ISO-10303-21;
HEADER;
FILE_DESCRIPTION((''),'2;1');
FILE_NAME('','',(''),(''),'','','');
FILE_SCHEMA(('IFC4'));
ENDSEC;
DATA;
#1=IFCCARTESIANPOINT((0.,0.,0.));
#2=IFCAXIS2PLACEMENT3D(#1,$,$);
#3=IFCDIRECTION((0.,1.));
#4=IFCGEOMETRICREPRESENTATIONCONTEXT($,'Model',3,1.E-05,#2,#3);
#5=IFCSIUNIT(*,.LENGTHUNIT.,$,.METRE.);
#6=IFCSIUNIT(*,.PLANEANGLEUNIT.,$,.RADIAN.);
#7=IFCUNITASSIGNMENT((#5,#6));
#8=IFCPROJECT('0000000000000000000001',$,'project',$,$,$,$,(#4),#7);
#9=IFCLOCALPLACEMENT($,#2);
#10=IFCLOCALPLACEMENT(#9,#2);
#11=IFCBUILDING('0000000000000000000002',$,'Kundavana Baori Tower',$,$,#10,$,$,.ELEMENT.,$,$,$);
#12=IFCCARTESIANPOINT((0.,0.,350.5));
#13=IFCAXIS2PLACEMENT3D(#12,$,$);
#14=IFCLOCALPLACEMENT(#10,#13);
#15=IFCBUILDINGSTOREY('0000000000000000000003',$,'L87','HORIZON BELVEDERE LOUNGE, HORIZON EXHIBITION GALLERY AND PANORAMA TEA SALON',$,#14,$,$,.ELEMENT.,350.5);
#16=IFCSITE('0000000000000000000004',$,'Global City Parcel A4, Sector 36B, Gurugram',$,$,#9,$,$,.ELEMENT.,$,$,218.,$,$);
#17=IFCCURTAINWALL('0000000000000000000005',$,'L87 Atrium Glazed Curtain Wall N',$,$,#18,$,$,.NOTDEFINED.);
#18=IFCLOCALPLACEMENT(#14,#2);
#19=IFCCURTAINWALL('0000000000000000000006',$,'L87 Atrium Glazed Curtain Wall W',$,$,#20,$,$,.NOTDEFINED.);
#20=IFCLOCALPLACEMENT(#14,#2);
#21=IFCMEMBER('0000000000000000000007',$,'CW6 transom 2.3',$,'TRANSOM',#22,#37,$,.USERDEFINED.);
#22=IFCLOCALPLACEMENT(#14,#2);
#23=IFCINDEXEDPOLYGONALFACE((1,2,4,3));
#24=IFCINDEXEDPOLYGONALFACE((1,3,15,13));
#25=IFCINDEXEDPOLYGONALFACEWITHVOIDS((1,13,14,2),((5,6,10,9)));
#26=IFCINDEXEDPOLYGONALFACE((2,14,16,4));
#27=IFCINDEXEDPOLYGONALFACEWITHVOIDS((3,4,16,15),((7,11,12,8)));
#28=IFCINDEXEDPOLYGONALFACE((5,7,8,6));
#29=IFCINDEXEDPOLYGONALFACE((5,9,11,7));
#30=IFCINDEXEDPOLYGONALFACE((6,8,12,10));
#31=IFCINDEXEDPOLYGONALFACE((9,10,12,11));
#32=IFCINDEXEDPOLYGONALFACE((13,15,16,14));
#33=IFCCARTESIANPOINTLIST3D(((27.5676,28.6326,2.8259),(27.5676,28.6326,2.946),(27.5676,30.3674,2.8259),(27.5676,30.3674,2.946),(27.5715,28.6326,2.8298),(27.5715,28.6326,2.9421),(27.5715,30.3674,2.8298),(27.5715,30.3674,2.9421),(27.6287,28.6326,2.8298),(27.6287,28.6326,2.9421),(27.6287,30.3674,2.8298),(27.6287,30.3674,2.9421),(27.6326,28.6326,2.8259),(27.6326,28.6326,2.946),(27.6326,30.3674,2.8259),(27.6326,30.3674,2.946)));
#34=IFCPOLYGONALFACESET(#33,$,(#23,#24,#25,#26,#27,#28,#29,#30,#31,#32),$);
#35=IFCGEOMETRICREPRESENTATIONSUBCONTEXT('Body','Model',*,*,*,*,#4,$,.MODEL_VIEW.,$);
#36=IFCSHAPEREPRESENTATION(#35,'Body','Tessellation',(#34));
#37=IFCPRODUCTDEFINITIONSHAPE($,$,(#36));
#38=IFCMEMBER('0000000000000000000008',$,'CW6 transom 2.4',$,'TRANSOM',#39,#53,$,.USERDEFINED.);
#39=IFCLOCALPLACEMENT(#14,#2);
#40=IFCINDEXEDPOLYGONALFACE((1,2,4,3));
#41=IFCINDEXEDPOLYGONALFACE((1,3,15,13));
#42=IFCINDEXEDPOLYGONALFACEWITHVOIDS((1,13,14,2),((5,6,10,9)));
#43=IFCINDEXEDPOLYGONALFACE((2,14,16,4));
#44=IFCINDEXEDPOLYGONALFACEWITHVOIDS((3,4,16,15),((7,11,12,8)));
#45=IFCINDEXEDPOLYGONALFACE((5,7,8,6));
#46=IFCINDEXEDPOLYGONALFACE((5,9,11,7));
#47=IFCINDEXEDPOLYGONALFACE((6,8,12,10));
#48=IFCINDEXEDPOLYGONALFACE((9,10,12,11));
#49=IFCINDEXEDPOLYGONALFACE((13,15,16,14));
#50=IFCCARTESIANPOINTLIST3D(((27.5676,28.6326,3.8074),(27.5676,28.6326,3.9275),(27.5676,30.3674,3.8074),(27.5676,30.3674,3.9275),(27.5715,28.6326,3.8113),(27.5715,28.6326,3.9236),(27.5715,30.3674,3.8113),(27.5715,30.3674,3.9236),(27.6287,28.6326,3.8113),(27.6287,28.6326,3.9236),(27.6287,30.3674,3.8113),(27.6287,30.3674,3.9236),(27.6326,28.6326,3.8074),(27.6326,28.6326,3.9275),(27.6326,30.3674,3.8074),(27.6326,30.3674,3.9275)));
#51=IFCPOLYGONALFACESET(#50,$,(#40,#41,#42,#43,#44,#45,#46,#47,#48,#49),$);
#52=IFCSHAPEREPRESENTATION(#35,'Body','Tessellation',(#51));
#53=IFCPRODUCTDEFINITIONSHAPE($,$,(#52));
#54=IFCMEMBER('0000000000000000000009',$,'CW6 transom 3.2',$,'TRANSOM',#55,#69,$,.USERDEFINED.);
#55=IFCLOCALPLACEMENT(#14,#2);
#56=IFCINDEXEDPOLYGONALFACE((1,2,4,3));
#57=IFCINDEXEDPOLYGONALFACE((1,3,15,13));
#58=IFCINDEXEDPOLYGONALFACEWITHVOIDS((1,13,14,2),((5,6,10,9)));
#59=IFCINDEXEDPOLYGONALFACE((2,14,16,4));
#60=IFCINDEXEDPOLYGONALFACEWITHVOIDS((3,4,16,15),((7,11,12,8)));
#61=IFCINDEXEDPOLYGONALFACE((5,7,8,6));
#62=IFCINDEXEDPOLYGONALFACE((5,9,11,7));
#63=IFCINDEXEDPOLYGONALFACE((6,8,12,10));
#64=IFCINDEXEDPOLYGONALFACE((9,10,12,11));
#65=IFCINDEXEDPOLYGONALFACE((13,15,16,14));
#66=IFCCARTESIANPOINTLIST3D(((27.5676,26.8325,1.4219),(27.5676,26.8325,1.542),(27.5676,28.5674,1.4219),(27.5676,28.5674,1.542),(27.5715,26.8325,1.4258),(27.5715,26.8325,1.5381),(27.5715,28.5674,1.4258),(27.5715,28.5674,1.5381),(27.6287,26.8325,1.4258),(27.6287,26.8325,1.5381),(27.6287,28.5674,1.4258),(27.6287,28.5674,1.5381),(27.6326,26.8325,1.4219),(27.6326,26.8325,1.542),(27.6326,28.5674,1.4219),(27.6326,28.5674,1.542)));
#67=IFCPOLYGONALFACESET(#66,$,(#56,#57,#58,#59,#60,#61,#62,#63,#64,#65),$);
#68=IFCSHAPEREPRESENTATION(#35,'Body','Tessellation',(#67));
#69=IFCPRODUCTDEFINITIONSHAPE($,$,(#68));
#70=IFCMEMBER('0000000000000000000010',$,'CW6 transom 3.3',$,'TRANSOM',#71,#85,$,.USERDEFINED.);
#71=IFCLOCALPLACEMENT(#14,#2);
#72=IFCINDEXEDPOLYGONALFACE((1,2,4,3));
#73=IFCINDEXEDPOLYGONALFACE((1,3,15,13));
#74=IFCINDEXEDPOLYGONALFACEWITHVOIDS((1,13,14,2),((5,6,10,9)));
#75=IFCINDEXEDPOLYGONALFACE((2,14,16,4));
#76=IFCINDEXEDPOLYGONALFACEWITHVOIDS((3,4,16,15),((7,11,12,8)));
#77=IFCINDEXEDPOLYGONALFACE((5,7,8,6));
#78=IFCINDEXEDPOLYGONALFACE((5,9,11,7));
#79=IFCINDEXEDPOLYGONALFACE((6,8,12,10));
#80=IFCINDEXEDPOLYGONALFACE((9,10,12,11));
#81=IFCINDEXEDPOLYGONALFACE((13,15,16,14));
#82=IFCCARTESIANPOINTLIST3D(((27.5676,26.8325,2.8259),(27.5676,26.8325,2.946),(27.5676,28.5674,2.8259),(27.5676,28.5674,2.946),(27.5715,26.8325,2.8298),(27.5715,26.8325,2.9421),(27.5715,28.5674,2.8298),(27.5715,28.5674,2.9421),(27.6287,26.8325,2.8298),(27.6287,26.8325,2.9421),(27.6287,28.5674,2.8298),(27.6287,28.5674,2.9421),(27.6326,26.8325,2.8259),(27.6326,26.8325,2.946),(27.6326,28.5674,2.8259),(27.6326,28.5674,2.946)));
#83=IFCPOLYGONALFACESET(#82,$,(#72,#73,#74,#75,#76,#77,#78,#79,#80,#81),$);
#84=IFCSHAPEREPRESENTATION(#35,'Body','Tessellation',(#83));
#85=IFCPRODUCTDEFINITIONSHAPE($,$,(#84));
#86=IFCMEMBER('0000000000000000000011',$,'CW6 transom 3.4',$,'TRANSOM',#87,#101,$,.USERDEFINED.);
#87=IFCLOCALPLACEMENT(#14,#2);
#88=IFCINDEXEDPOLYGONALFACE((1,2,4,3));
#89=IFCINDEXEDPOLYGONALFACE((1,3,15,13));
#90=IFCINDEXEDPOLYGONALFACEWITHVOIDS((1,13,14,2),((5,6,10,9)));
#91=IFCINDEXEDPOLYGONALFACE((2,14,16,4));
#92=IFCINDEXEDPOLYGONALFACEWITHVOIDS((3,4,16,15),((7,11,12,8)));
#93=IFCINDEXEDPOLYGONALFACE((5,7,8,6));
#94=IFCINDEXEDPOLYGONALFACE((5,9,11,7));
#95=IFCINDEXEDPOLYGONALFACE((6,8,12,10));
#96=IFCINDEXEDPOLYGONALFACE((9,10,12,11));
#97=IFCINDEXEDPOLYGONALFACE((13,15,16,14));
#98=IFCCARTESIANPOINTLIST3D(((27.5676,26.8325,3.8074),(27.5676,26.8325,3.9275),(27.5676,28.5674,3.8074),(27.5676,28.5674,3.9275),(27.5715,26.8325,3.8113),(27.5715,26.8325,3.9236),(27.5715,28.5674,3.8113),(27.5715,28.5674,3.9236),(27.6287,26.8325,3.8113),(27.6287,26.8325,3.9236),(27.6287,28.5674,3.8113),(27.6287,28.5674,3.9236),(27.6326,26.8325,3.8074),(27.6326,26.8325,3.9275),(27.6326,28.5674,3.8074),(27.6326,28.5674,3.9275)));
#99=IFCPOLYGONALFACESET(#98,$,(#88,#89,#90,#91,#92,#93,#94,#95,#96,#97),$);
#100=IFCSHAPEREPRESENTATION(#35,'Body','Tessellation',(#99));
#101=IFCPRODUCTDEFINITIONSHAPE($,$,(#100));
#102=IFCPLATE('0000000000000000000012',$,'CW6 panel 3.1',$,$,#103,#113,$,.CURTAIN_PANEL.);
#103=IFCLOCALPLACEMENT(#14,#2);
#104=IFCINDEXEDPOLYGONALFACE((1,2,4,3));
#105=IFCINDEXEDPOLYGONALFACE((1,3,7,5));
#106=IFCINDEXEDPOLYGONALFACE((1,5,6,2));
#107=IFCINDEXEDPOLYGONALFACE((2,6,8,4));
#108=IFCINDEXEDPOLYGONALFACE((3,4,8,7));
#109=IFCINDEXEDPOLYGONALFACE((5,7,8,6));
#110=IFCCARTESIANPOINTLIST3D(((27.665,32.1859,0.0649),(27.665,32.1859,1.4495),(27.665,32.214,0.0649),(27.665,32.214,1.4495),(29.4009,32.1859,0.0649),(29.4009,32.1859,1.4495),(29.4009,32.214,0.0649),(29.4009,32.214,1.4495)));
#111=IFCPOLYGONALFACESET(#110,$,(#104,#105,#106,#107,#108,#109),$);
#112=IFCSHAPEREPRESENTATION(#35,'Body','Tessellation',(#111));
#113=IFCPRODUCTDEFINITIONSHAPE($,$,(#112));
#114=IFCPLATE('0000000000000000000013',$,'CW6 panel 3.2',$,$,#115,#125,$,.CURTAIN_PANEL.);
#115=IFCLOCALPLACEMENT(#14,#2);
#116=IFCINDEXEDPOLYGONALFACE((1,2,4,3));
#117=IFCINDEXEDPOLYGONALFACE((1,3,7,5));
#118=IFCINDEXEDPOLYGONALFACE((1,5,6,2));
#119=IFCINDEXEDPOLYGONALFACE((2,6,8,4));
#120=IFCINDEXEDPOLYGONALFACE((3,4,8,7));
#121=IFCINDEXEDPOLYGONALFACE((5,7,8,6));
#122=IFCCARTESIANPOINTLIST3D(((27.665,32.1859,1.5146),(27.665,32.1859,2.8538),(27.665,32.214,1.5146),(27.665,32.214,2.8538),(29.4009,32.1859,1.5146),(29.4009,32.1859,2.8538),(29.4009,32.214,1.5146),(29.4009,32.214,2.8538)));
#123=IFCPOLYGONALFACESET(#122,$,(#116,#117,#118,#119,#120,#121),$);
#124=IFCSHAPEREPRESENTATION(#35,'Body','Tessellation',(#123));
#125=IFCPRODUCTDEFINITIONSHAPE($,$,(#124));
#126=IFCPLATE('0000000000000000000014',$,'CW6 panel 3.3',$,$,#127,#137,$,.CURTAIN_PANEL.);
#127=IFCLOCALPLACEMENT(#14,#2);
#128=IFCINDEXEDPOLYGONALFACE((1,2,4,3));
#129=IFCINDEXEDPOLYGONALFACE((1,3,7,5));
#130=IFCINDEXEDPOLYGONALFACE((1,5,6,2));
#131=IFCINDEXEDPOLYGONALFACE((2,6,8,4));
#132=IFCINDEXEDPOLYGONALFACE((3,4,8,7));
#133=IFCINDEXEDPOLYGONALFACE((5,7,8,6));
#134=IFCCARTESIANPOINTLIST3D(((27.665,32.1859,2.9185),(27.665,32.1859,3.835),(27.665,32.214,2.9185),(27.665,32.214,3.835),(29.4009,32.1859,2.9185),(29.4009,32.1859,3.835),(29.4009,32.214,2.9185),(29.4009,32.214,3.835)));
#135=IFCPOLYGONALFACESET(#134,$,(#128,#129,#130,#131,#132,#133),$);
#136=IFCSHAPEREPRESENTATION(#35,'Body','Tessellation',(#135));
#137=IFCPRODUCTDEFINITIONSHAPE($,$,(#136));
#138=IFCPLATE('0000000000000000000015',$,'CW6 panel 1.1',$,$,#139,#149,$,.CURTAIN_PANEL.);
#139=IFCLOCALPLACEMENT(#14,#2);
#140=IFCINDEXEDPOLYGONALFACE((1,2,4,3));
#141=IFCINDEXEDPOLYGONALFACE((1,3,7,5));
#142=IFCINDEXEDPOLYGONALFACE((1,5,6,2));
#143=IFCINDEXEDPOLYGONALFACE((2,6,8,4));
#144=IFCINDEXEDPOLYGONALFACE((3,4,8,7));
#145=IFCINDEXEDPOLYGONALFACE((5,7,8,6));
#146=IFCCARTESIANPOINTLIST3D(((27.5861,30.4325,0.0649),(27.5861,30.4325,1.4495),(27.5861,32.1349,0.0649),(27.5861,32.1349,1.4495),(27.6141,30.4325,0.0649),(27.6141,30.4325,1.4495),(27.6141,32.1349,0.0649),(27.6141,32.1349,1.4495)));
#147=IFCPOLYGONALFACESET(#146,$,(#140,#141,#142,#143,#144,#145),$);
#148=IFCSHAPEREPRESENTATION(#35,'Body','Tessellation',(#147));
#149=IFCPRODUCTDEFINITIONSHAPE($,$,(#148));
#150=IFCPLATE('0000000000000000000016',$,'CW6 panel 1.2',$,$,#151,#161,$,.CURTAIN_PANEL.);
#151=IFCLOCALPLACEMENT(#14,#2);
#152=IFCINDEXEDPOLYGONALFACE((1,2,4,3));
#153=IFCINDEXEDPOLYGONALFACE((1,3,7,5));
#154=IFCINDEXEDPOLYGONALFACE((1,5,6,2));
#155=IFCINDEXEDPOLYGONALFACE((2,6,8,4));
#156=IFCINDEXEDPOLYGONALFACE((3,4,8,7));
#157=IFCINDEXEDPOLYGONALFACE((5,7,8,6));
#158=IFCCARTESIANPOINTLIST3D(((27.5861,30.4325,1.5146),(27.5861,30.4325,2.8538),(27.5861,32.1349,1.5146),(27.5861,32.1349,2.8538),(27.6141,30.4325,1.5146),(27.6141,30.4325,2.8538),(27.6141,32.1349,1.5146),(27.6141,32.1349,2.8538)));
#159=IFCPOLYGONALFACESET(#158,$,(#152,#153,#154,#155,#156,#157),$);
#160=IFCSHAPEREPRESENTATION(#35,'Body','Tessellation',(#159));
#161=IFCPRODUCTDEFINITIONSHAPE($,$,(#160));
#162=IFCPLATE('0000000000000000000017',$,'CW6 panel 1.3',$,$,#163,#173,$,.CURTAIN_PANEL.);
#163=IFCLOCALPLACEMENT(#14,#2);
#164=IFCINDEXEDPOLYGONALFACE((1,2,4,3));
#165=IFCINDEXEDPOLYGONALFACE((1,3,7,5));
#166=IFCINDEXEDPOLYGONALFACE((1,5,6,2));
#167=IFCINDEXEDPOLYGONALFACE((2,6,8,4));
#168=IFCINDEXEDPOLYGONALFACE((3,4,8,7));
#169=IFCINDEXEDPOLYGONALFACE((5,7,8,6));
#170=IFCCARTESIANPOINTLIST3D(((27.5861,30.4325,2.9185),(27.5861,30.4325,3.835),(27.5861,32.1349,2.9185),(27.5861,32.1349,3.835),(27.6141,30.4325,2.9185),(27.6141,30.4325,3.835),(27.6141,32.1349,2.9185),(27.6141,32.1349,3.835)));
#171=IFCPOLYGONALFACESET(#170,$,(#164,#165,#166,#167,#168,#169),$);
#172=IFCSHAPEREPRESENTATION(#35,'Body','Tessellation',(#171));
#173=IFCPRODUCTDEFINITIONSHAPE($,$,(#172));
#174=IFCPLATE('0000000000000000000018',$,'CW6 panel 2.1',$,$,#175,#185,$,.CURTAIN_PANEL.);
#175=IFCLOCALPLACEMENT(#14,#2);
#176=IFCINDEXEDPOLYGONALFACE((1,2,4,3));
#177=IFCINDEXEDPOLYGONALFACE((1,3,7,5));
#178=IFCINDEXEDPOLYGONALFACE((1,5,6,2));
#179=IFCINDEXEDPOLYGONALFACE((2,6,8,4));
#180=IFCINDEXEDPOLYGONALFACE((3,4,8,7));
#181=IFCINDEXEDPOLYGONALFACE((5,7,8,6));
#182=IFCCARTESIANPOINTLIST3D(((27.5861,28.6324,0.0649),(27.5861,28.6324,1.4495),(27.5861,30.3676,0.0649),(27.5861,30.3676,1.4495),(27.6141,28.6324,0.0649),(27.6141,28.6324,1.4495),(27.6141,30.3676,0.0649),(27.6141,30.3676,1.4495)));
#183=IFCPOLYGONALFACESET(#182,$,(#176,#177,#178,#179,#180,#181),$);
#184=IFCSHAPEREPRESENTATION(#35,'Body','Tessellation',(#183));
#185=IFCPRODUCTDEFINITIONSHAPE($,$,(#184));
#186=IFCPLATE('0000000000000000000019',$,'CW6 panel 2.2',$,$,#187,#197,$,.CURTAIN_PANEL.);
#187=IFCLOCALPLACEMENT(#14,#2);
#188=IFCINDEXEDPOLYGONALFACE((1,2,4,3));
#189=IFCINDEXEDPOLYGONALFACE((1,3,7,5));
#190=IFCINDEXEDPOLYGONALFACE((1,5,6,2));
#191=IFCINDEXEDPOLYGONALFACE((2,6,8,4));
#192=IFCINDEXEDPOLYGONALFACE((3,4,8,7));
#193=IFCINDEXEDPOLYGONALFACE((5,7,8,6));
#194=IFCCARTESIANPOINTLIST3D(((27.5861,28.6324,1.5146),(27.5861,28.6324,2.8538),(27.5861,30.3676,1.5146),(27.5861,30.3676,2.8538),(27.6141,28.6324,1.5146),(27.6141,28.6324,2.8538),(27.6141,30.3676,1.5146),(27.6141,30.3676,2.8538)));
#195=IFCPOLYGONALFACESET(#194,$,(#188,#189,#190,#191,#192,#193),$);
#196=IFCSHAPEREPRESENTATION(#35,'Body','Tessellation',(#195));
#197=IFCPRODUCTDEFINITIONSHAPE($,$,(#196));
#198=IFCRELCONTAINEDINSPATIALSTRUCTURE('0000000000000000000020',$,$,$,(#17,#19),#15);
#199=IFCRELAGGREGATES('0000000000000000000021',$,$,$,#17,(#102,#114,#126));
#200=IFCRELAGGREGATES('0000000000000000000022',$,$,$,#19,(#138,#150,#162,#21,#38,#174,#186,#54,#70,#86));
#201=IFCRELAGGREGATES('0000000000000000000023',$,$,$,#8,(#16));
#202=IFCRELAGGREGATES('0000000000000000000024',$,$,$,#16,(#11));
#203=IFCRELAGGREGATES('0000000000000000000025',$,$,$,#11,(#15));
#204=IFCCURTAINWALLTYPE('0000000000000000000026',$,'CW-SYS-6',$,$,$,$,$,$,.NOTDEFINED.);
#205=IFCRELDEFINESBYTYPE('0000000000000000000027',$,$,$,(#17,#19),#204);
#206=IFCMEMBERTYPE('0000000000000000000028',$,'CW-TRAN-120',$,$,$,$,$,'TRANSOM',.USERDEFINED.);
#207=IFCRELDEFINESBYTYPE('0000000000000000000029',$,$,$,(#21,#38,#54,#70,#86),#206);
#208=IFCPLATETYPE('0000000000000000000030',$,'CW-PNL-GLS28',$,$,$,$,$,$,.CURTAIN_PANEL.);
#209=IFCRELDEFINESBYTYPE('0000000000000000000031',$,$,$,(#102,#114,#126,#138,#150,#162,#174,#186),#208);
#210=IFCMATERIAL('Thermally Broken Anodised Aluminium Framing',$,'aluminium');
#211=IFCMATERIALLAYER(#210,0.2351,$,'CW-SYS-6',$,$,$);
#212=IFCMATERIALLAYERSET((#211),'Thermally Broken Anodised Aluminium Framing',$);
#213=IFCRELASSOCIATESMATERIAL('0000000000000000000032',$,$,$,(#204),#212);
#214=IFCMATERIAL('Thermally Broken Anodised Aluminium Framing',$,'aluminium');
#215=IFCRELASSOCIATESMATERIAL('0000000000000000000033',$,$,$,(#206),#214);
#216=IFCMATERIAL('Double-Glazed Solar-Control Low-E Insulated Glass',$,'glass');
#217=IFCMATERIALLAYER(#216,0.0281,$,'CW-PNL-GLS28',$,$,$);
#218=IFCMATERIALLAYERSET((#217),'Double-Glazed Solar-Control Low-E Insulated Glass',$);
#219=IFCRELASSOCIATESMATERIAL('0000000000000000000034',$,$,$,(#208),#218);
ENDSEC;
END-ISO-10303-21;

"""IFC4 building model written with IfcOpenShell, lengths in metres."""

from ifc_helpers import new_model, si_unit, direction, frame, origin, origin_2d, place, context, subcontext, project, spatial, rectangle, hollow_rectangle, extrude, material, layer, layer_set, material_profile, profile_set, type_object, element, aggregate, save


model = new_model("IFC4")

# Units and contexts
model_context = context("Model", 3, precision=1e-05, world=origin(), true_north=direction((0.0, 1.0)))
body_context = subcontext(model_context, "Body", "Model", "MODEL_VIEW")
ifc_project = project(units=[si_unit("LENGTHUNIT", "METRE"), si_unit("PLANEANGLEUNIT", "RADIAN")], contexts=[model_context])

# Site, building, storey
site_placement = place(None, origin())
site = spatial("IfcSite", under=ifc_project, at=site_placement, Name="Global City Parcel A4, Sector 36B, Gurugram", CompositionType="ELEMENT", RefElevation=218.0)
building_placement = place(site_placement, origin())
building = spatial("IfcBuilding", under=site, at=building_placement, Name="Kundavana Baori Tower", CompositionType="ELEMENT")
storey_placement = place(building_placement, frame((0.0, 0.0, 350.5)))
storey = spatial("IfcBuildingStorey", under=building, at=storey_placement, Name="L87", Description="HORIZON BELVEDERE LOUNGE, HORIZON EXHIBITION GALLERY AND PANORAMA TEA SALON", CompositionType="ELEMENT", Elevation=350.5)

# Curtain wall
ifc_material_1 = material(Name="Thermally Broken Anodised Aluminium Framing", Category="aluminium")
ifc_layer_1 = layer(ifc_material_1, 0.2351, Name="CW-SYS-6")
ifc_layer_set_1 = layer_set([ifc_layer_1], Name="Thermally Broken Anodised Aluminium Framing")
curtain_wall_type = type_object("IfcCurtainWallType", Name="CW-SYS-6", PredefinedType="NOTDEFINED", material=ifc_layer_set_1)
curtain_wall_1_placement = place(storey_placement, origin())
curtain_wall_1 = element("IfcCurtainWall", 1, at=curtain_wall_1_placement, inside=storey, type_object=curtain_wall_type, Name="L87 Atrium Glazed Curtain Wall N", PredefinedType="NOTDEFINED")

# Curtain wall
curtain_wall_2_placement = place(storey_placement, origin())
curtain_wall_2 = element("IfcCurtainWall", 2, at=curtain_wall_2_placement, inside=storey, type_object=curtain_wall_type, Name="L87 Atrium Glazed Curtain Wall W", PredefinedType="NOTDEFINED")

# Members
ifc_material_2 = material(Name="Thermally Broken Anodised Aluminium Framing", Category="aluminium")
ifc_material_profile_1 = material_profile(ifc_material_2, hollow_rectangle(XDim=0.0649, YDim=0.1201, WallThickness=0.0039, at=origin_2d()), Name="CW-TRAN-120")
ifc_profile_set_1 = profile_set([ifc_material_profile_1], Name="Thermally Broken Anodised Aluminium Framing")
member_type_1 = type_object("IfcMemberType", Name="CW-TRAN-120", ElementType="TRANSOM", PredefinedType="USERDEFINED", material=ifc_profile_set_1)
member_1_placement = place(storey_placement, frame((27.6001, 30.3674, 2.886), z_axis=(0.0, -1.0, 0.0), x_axis=(1.0, 0.0, 0.0)))
member_1 = element("IfcMember", 3, at=member_1_placement, type_object=member_type_1, Name="CW6 transom 2.3", ObjectType="TRANSOM", PredefinedType="USERDEFINED", context=body_context, shape_type="SweptSolid", body=[
    extrude(hollow_rectangle(XDim=0.0649, YDim=0.1201, WallThickness=0.0039, at=origin_2d()), origin(), (0.0, 0.0, 1.0), 1.7349),
])
member_2_placement = place(storey_placement, frame((27.6001, 30.3674, 3.8674), z_axis=(0.0, -1.0, 0.0), x_axis=(1.0, 0.0, 0.0)))
member_2 = element("IfcMember", 4, at=member_2_placement, type_object=member_type_1, Name="CW6 transom 2.4", ObjectType="TRANSOM", PredefinedType="USERDEFINED", context=body_context, shape_type="SweptSolid", body=[
    extrude(hollow_rectangle(XDim=0.0649, YDim=0.1201, WallThickness=0.0039, at=origin_2d()), origin(), (0.0, 0.0, 1.0), 1.7349),
])
member_3_placement = place(storey_placement, frame((27.6001, 28.5674, 1.4819), z_axis=(0.0, -1.0, 0.0), x_axis=(1.0, 0.0, 0.0)))
member_3 = element("IfcMember", 5, at=member_3_placement, type_object=member_type_1, Name="CW6 transom 3.2", ObjectType="TRANSOM", PredefinedType="USERDEFINED", context=body_context, shape_type="SweptSolid", body=[
    extrude(hollow_rectangle(XDim=0.0649, YDim=0.1201, WallThickness=0.0039, at=origin_2d()), origin(), (0.0, 0.0, 1.0), 1.7349),
])
member_4_placement = place(storey_placement, frame((27.6001, 28.5674, 2.886), z_axis=(0.0, -1.0, 0.0), x_axis=(1.0, 0.0, 0.0)))
member_4 = element("IfcMember", 6, at=member_4_placement, type_object=member_type_1, Name="CW6 transom 3.3", ObjectType="TRANSOM", PredefinedType="USERDEFINED", context=body_context, shape_type="SweptSolid", body=[
    extrude(hollow_rectangle(XDim=0.0649, YDim=0.1201, WallThickness=0.0039, at=origin_2d()), origin(), (0.0, 0.0, 1.0), 1.7349),
])
member_5_placement = place(storey_placement, frame((27.6001, 28.5674, 3.8674), z_axis=(0.0, -1.0, 0.0), x_axis=(1.0, 0.0, 0.0)))
member_5 = element("IfcMember", 7, at=member_5_placement, type_object=member_type_1, Name="CW6 transom 3.4", ObjectType="TRANSOM", PredefinedType="USERDEFINED", context=body_context, shape_type="SweptSolid", body=[
    extrude(hollow_rectangle(XDim=0.0649, YDim=0.1201, WallThickness=0.0039, at=origin_2d()), origin(), (0.0, 0.0, 1.0), 1.7349),
])

# Plates
ifc_material_3 = material(Name="Double-Glazed Solar-Control Low-E Insulated Glass", Category="glass")
ifc_layer_2 = layer(ifc_material_3, 0.0281, Name="CW-PNL-GLS28")
ifc_layer_set_2 = layer_set([ifc_layer_2], Name="Double-Glazed Solar-Control Low-E Insulated Glass")
plate_type = type_object("IfcPlateType", Name="CW-PNL-GLS28", PredefinedType="CURTAIN_PANEL", material=ifc_layer_set_2)
plate_1_placement = place(storey_placement, frame((28.533, 32.2, 0.0649), z_axis=(0.0, 0.0, 1.0), x_axis=(-1.0, 0.0, 0.0)))
plate_1 = element("IfcPlate", 8, at=plate_1_placement, type_object=plate_type, Name="CW6 panel 3.1", PredefinedType="CURTAIN_PANEL", context=body_context, shape_type="SweptSolid", body=[
    extrude(rectangle(XDim=1.7358, YDim=0.0281, at=origin_2d()), origin(), (0.0, 0.0, 1.0), 1.3845),
])
plate_2_placement = place(storey_placement, frame((28.533, 32.2, 1.5146), z_axis=(0.0, 0.0, 1.0), x_axis=(-1.0, 0.0, 0.0)))
plate_2 = element("IfcPlate", 9, at=plate_2_placement, type_object=plate_type, Name="CW6 panel 3.2", PredefinedType="CURTAIN_PANEL", context=body_context, shape_type="SweptSolid", body=[
    extrude(rectangle(XDim=1.7358, YDim=0.0281, at=origin_2d()), origin(), (0.0, 0.0, 1.0), 1.3391),
])
plate_3_placement = place(storey_placement, frame((28.533, 32.2, 2.9185), z_axis=(0.0, 0.0, 1.0), x_axis=(-1.0, 0.0, 0.0)))
plate_3 = element("IfcPlate", 10, at=plate_3_placement, type_object=plate_type, Name="CW6 panel 3.3", PredefinedType="CURTAIN_PANEL", context=body_context, shape_type="SweptSolid", body=[
    extrude(rectangle(XDim=1.7358, YDim=0.0281, at=origin_2d()), origin(), (0.0, 0.0, 1.0), 0.9165),
])
aggregate(curtain_wall_1, [plate_1, plate_2, plate_3])
plate_4_placement = place(storey_placement, frame((27.6001, 31.2837, 0.0649), z_axis=(0.0, 0.0, 1.0), x_axis=(0.0, -1.0, 0.0)))
plate_4 = element("IfcPlate", 11, at=plate_4_placement, type_object=plate_type, Name="CW6 panel 1.1", PredefinedType="CURTAIN_PANEL", context=body_context, shape_type="SweptSolid", body=[
    extrude(rectangle(XDim=1.7024, YDim=0.0281, at=origin_2d()), origin(), (0.0, 0.0, 1.0), 1.3845),
])
plate_5_placement = place(storey_placement, frame((27.6001, 31.2837, 1.5146), z_axis=(0.0, 0.0, 1.0), x_axis=(0.0, -1.0, 0.0)))
plate_5 = element("IfcPlate", 12, at=plate_5_placement, type_object=plate_type, Name="CW6 panel 1.2", PredefinedType="CURTAIN_PANEL", context=body_context, shape_type="SweptSolid", body=[
    extrude(rectangle(XDim=1.7024, YDim=0.0281, at=origin_2d()), origin(), (0.0, 0.0, 1.0), 1.3391),
])
plate_6_placement = place(storey_placement, frame((27.6001, 31.2837, 2.9185), z_axis=(0.0, 0.0, 1.0), x_axis=(0.0, -1.0, 0.0)))
plate_6 = element("IfcPlate", 13, at=plate_6_placement, type_object=plate_type, Name="CW6 panel 1.3", PredefinedType="CURTAIN_PANEL", context=body_context, shape_type="SweptSolid", body=[
    extrude(rectangle(XDim=1.7024, YDim=0.0281, at=origin_2d()), origin(), (0.0, 0.0, 1.0), 0.9165),
])
plate_7_placement = place(storey_placement, frame((27.6001, 29.5, 0.0649), z_axis=(0.0, 0.0, 1.0), x_axis=(0.0, -1.0, 0.0)))
plate_7 = element("IfcPlate", 14, at=plate_7_placement, type_object=plate_type, Name="CW6 panel 2.1", PredefinedType="CURTAIN_PANEL", context=body_context, shape_type="SweptSolid", body=[
    extrude(rectangle(XDim=1.7351, YDim=0.0281, at=origin_2d()), origin(), (0.0, 0.0, 1.0), 1.3845),
])
plate_8_placement = place(storey_placement, frame((27.6001, 29.5, 1.5146), z_axis=(0.0, 0.0, 1.0), x_axis=(0.0, -1.0, 0.0)))
plate_8 = element("IfcPlate", 15, at=plate_8_placement, type_object=plate_type, Name="CW6 panel 2.2", PredefinedType="CURTAIN_PANEL", context=body_context, shape_type="SweptSolid", body=[
    extrude(rectangle(XDim=1.7351, YDim=0.0281, at=origin_2d()), origin(), (0.0, 0.0, 1.0), 1.3391),
])
aggregate(curtain_wall_2, [plate_4, plate_5, plate_6, member_1, member_2, plate_7, plate_8, member_3, member_4, member_5])

save(model, "model.ifc")
